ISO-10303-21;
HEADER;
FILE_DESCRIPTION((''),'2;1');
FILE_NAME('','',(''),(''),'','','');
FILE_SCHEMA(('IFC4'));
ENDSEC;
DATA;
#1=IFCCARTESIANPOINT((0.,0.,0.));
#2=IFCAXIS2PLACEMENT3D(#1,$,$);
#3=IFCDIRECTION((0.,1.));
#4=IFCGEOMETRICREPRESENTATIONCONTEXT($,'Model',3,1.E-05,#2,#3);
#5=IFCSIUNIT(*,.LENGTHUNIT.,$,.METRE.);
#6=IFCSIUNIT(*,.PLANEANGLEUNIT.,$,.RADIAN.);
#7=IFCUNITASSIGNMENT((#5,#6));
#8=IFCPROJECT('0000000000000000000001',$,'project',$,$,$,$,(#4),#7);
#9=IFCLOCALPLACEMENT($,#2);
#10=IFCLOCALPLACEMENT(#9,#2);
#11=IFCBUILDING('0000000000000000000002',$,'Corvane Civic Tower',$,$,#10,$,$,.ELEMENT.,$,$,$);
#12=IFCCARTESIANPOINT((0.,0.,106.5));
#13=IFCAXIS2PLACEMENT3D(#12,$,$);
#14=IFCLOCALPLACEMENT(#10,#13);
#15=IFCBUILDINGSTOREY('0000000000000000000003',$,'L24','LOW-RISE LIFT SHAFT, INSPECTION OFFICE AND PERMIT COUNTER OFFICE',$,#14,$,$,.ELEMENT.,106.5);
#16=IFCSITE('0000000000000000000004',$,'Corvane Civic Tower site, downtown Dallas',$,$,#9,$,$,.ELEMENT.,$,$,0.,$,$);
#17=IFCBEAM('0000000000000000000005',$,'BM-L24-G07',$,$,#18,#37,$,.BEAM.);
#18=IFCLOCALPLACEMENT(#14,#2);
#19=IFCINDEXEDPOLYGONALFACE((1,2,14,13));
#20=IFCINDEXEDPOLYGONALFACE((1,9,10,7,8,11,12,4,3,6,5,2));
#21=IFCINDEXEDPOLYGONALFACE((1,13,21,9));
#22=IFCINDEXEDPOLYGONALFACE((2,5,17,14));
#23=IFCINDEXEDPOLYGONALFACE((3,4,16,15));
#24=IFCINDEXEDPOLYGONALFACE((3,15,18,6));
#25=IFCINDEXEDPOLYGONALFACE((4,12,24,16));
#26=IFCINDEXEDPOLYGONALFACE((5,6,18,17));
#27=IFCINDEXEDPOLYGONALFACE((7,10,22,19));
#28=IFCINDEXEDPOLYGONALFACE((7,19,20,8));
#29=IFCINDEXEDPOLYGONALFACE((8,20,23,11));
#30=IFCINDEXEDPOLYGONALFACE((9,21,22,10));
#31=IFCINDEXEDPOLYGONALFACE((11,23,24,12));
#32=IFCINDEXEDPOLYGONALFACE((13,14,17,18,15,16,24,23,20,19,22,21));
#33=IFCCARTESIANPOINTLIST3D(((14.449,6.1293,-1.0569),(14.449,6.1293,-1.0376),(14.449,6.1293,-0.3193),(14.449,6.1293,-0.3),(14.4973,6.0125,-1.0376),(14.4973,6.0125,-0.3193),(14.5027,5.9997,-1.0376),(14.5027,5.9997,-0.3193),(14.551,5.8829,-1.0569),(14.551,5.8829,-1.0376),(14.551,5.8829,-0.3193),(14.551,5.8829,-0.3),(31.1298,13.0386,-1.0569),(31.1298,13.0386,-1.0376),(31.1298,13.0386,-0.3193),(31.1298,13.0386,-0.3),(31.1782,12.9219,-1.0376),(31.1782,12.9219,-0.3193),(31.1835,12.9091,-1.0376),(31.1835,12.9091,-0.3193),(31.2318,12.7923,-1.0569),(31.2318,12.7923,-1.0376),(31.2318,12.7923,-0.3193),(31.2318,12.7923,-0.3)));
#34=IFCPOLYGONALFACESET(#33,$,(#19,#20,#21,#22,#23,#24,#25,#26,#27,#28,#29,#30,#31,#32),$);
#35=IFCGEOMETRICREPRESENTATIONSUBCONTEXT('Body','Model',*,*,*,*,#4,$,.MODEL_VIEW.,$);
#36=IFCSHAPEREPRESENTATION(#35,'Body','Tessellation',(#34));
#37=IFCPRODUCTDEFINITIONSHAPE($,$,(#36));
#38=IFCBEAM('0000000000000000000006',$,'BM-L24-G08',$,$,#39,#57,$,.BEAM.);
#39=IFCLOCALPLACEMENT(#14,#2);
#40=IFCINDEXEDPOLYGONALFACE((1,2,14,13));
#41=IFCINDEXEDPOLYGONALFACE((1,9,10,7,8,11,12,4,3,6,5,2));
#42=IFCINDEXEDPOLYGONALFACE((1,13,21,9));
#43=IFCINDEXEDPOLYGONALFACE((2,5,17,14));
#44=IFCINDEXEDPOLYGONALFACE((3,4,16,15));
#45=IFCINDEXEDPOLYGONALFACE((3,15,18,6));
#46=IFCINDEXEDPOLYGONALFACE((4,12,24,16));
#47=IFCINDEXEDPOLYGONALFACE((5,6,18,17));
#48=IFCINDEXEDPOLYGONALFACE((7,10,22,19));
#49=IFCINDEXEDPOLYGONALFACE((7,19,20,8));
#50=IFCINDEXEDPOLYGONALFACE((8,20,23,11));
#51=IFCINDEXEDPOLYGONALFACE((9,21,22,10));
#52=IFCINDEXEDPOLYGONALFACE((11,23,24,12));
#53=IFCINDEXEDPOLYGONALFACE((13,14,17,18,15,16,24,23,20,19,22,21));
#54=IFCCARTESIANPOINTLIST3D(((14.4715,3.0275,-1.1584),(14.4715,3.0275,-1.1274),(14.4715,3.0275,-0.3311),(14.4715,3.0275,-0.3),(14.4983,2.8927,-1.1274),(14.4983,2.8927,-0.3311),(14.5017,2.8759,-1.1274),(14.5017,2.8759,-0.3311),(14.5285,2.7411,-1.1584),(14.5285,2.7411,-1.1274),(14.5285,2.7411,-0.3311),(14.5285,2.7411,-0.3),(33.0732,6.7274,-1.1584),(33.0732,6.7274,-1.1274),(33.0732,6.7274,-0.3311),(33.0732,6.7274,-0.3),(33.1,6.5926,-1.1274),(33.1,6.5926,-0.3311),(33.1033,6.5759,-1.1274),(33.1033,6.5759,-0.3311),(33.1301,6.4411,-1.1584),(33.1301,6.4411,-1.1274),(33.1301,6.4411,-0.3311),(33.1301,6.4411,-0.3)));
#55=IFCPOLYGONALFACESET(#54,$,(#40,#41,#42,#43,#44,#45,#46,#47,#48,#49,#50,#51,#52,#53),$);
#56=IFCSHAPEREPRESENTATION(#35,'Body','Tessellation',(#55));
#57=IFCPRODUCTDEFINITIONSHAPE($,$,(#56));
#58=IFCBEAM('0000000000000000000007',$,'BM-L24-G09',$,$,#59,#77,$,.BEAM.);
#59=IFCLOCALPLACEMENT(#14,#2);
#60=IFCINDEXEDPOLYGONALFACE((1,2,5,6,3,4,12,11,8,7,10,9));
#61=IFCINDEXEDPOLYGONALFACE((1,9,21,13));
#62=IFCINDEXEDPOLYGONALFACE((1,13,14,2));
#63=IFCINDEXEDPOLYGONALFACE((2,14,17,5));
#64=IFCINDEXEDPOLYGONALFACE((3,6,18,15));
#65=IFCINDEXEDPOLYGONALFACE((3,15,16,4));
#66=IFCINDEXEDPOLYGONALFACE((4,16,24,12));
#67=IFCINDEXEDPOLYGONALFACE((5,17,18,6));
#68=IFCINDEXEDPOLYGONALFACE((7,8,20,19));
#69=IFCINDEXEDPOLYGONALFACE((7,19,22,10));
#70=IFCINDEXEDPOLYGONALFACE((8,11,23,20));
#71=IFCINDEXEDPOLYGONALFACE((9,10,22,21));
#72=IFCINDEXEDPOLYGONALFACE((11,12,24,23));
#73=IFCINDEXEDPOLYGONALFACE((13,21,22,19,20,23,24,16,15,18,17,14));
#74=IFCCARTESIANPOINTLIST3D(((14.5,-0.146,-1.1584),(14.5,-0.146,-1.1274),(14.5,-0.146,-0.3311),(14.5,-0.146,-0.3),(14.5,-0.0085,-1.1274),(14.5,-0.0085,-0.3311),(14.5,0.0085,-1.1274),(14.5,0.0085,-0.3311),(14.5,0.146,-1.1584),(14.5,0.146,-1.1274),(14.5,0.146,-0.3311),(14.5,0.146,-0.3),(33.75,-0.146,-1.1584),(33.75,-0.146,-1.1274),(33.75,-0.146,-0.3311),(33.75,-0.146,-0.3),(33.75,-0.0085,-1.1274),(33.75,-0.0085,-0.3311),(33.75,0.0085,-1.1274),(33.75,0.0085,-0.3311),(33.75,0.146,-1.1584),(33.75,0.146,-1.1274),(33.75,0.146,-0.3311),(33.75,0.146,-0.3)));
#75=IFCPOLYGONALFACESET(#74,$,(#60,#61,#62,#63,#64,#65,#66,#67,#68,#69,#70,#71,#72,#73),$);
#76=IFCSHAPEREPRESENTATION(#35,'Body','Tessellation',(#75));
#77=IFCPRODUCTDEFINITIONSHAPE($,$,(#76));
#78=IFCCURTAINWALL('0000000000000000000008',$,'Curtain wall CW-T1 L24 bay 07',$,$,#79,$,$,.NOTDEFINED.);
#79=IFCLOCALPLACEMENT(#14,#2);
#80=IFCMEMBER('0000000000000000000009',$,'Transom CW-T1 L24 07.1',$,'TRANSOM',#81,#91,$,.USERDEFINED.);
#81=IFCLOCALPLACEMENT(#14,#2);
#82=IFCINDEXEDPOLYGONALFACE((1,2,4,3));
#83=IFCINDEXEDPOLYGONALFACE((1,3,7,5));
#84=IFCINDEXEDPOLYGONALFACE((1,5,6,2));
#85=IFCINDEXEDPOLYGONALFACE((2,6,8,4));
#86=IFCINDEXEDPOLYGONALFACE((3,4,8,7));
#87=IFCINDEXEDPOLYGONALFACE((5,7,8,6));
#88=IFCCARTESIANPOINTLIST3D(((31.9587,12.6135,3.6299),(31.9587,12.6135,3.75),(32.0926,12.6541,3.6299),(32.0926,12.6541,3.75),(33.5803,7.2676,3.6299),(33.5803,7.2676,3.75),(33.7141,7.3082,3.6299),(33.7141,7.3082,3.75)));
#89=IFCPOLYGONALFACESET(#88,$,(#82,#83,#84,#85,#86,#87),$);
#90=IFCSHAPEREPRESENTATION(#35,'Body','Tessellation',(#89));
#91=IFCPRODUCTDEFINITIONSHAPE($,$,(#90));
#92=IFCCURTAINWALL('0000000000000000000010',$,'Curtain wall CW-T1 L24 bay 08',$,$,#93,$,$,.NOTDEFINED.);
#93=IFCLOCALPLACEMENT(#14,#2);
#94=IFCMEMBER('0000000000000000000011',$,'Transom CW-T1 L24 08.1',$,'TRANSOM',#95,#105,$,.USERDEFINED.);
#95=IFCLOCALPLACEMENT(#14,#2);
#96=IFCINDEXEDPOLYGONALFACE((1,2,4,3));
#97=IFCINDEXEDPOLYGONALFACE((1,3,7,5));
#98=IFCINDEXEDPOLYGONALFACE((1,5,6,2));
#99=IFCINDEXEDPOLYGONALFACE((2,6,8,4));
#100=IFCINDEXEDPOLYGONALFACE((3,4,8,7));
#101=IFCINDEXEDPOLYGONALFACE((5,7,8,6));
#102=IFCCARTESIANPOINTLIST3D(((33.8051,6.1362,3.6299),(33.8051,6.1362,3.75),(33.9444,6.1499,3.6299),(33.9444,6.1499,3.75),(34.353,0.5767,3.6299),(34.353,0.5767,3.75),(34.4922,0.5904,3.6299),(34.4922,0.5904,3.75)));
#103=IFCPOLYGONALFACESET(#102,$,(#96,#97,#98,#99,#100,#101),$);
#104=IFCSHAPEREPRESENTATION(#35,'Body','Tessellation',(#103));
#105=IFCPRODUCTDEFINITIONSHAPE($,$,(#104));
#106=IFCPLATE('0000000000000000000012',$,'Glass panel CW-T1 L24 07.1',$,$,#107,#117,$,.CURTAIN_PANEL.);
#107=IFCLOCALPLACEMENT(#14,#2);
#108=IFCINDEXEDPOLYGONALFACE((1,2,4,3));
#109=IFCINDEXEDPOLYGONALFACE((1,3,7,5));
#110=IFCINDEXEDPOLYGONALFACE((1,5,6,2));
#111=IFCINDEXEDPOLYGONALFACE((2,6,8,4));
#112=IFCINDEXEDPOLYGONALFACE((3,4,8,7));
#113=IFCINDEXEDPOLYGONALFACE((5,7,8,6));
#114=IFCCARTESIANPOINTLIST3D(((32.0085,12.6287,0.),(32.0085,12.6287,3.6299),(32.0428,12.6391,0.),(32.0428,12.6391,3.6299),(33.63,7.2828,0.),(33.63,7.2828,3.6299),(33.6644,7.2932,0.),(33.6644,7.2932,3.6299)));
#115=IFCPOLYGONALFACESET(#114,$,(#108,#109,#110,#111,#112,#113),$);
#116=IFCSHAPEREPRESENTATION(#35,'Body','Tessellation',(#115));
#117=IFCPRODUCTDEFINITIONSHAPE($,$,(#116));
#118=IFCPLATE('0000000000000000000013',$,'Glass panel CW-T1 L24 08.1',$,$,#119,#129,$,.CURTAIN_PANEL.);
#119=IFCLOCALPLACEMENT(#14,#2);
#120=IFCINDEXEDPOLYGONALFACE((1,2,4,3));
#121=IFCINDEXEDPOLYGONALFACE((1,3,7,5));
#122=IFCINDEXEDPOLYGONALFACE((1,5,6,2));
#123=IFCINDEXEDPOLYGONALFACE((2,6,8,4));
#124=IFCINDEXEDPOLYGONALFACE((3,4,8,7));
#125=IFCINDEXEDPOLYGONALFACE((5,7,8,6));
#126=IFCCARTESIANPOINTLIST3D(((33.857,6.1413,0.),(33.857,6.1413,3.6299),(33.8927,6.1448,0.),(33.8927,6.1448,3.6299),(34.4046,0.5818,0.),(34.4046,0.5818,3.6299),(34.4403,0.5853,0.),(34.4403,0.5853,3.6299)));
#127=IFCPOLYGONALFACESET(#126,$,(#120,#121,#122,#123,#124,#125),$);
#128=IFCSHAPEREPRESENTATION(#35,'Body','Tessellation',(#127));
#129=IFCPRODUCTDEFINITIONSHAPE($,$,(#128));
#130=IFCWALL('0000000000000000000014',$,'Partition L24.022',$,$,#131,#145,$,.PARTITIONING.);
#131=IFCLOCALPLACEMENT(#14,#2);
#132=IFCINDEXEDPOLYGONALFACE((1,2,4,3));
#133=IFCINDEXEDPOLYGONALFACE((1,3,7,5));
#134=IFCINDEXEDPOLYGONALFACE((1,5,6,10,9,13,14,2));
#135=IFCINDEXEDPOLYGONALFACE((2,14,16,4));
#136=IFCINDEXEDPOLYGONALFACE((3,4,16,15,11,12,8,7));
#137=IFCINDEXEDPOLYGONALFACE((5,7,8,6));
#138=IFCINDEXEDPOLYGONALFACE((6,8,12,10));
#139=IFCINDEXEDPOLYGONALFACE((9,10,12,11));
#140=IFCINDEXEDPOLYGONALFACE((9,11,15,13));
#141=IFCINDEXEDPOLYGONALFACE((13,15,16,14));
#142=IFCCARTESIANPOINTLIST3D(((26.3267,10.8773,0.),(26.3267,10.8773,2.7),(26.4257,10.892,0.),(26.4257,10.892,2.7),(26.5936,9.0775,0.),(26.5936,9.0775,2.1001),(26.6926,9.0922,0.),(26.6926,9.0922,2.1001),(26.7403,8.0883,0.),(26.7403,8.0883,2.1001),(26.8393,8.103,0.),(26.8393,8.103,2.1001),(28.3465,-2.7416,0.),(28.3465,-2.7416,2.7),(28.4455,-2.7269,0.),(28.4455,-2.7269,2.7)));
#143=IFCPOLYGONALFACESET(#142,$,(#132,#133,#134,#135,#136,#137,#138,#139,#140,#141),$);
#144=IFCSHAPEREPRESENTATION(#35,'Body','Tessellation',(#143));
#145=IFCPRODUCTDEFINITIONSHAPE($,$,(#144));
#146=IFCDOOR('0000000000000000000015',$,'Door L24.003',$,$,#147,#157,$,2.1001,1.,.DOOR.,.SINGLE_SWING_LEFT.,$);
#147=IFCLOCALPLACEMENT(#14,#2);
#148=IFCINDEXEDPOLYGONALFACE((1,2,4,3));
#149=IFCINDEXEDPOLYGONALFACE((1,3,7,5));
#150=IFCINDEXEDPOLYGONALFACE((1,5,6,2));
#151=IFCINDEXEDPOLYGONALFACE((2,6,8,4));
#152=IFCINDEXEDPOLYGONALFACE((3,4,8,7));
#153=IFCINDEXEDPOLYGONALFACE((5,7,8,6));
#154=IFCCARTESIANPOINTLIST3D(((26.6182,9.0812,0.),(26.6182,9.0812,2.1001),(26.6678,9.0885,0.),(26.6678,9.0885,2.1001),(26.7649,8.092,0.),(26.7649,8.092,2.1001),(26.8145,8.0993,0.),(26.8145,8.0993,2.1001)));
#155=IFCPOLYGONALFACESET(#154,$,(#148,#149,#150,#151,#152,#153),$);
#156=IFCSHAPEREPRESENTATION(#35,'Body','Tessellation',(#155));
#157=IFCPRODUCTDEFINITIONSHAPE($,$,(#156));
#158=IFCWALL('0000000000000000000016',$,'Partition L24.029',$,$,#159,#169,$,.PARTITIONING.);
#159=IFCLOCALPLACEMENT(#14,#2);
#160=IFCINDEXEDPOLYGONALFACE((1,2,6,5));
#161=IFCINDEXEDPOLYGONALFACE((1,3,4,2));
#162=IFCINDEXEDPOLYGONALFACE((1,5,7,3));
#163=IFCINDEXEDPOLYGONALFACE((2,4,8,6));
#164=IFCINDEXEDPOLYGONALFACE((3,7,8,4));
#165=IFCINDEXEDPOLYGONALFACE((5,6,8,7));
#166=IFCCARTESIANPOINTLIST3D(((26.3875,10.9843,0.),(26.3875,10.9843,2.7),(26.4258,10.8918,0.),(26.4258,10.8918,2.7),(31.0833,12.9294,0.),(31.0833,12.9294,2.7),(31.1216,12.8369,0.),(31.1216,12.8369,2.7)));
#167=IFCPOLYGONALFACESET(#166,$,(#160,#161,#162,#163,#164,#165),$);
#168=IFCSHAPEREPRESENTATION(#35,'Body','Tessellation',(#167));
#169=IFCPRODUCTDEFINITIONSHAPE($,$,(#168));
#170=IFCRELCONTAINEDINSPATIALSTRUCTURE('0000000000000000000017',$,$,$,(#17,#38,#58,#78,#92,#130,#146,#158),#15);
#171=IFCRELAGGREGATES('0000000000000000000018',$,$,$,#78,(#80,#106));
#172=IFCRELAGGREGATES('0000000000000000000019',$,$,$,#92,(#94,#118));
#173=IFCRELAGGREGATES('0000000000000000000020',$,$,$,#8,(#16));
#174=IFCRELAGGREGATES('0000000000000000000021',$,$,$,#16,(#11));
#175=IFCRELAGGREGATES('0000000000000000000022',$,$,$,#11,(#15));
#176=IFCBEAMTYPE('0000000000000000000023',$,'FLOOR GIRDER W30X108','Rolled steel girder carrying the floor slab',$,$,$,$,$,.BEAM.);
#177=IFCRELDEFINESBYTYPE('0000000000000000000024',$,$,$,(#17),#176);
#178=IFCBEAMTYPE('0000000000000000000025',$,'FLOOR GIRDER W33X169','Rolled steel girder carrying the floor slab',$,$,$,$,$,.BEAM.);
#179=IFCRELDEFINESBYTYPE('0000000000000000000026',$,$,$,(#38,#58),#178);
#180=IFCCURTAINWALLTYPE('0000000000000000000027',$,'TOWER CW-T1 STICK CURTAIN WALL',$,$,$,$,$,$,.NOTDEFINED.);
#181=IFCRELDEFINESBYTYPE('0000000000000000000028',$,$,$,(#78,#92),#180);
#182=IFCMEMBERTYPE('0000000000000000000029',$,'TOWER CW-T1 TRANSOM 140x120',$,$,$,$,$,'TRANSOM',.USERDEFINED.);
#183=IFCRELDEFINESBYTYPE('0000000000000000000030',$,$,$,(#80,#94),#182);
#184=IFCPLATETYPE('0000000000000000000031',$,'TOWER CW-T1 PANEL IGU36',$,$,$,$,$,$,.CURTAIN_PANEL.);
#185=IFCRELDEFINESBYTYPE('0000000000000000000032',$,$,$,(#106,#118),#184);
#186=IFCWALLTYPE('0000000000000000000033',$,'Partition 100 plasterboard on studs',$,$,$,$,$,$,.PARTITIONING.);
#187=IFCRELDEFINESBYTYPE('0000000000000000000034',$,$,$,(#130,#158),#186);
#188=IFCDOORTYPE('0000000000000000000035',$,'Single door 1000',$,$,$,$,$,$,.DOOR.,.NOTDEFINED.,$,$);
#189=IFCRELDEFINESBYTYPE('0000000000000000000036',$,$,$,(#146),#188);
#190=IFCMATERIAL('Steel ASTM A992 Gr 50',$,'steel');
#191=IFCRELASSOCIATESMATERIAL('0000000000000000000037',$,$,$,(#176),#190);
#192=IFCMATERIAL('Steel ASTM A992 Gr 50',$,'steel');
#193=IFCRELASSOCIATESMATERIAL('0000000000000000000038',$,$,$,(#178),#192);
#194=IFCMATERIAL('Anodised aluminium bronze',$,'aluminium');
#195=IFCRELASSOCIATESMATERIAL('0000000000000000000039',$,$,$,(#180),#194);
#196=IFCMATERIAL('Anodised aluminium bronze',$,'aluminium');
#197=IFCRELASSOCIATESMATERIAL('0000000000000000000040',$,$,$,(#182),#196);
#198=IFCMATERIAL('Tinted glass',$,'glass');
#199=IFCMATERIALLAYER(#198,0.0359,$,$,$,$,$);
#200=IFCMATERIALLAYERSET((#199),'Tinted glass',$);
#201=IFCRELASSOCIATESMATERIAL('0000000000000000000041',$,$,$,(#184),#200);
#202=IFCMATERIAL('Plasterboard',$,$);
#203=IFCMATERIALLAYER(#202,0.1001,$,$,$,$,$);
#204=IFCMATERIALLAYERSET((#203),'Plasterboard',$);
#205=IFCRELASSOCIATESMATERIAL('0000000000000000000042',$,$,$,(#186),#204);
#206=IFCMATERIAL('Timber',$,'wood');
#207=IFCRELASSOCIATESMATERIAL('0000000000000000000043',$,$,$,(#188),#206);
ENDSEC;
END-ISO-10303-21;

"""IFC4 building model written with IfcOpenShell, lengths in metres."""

from ifc_helpers import new_model, si_unit, direction, frame, frame_2d, origin, origin_2d, place, context, subcontext, project, spatial, rectangle, i_section, extrude, material, layer, layer_set, material_profile, profile_set, type_object, element, fill, aggregate, save


model = new_model("IFC4")

# Units and contexts
model_context = context("Model", 3, precision=1e-05, world=origin(), true_north=direction((0.0, 1.0)))
body_context = subcontext(model_context, "Body", "Model", "MODEL_VIEW")
ifc_project = project(units=[si_unit("LENGTHUNIT", "METRE"), si_unit("PLANEANGLEUNIT", "RADIAN")], contexts=[model_context])

# Site, building, storey
site_placement = place(None, origin())
site = spatial("IfcSite", under=ifc_project, at=site_placement, Name="Corvane Civic Tower site, downtown Dallas", CompositionType="ELEMENT", RefElevation=0.0)
building_placement = place(site_placement, origin())
building = spatial("IfcBuilding", under=site, at=building_placement, Name="Corvane Civic Tower", CompositionType="ELEMENT")
storey_placement = place(building_placement, frame((0.0, 0.0, 106.5)))
storey = spatial("IfcBuildingStorey", under=building, at=storey_placement, Name="L24", Description="LOW-RISE LIFT SHAFT, INSPECTION OFFICE AND PERMIT COUNTER OFFICE", CompositionType="ELEMENT", Elevation=106.5)

# Beams
ifc_material_1 = material(Name="Steel ASTM A992 Gr 50", Category="steel")
ifc_material_profile_1 = material_profile(ifc_material_1, i_section(OverallWidth=0.2666, OverallDepth=0.7568, WebThickness=0.0139, FlangeThickness=0.0193, at=origin_2d()), Name="W30X108")
ifc_profile_set_1 = profile_set([ifc_material_profile_1], Name="Steel ASTM A992 Gr 50")
beam_type_1 = type_object("IfcBeamType", Name="FLOOR GIRDER W30X108", Description="Rolled steel girder carrying the floor slab", PredefinedType="BEAM", material=ifc_profile_set_1)
beam_1_placement = place(storey_placement, frame((14.5, 6.0061, -0.6785), z_axis=(0.92388, 0.382682, 0.0), x_axis=(-0.382682, 0.92388, 0.0)))
element("IfcBeam", 1, at=beam_1_placement, inside=storey, type_object=beam_type_1, Name="BM-L24-G07", PredefinedType="BEAM", context=body_context, shape_type="SweptSolid", body=[
    extrude(i_section(OverallWidth=0.2666, OverallDepth=0.7568, WebThickness=0.0139, FlangeThickness=0.0193, at=origin_2d()), origin(), (0.0, 0.0, 1.0), 18.0552),
])
ifc_material_2 = material(Name="Steel ASTM A992 Gr 50", Category="steel")
ifc_material_profile_2 = material_profile(ifc_material_2, i_section(OverallWidth=0.292, OverallDepth=0.8584, WebThickness=0.0171, FlangeThickness=0.031, at=origin_2d()), Name="W33X169")
ifc_profile_set_2 = profile_set([ifc_material_profile_2], Name="Steel ASTM A992 Gr 50")
beam_type_2 = type_object("IfcBeamType", Name="FLOOR GIRDER W33X169", Description="Rolled steel girder carrying the floor slab", PredefinedType="BEAM", material=ifc_profile_set_2)
beam_2_placement = place(storey_placement, frame((14.5, 2.8843, -0.7292), z_axis=(0.980787, 0.195084, 0.0), x_axis=(-0.195084, 0.980787, 0.0)))
element("IfcBeam", 2, at=beam_2_placement, inside=storey, type_object=beam_type_2, Name="BM-L24-G08", PredefinedType="BEAM", context=body_context, shape_type="SweptSolid", body=[
    extrude(i_section(OverallWidth=0.292, OverallDepth=0.8584, WebThickness=0.0171, FlangeThickness=0.031, at=origin_2d()), origin(), (0.0, 0.0, 1.0), 18.9661),
])
beam_3_placement = place(storey_placement, frame((14.5, 0.0, -0.7292), z_axis=(1.0, 0.0, 0.0), x_axis=(0.0, 1.0, 0.0)))
element("IfcBeam", 3, at=beam_3_placement, inside=storey, type_object=beam_type_2, Name="BM-L24-G09", PredefinedType="BEAM", context=body_context, shape_type="SweptSolid", body=[
    extrude(i_section(OverallWidth=0.292, OverallDepth=0.8584, WebThickness=0.0171, FlangeThickness=0.031, at=origin_2d()), origin(), (0.0, 0.0, 1.0), 19.25),
])

# Curtain walls, members
ifc_material_3 = material(Name="Anodised aluminium bronze", Category="aluminium")
curtain_wall_type = type_object("IfcCurtainWallType", Name="TOWER CW-T1 STICK CURTAIN WALL", PredefinedType="NOTDEFINED", material=ifc_material_3)
curtain_wall_1_placement = place(storey_placement, origin())
curtain_wall_1 = element("IfcCurtainWall", 4, at=curtain_wall_1_placement, inside=storey, type_object=curtain_wall_type, Name="Curtain wall CW-T1 L24 bay 07", PredefinedType="NOTDEFINED")
ifc_material_4 = material(Name="Anodised aluminium bronze", Category="aluminium")
ifc_material_profile_3 = material_profile(ifc_material_4, rectangle(XDim=0.1399, YDim=0.1201, at=origin_2d()), Name="TOWER CW-T1 TRANSOM 140x120")
ifc_profile_set_3 = profile_set([ifc_material_profile_3], Name="Anodised aluminium bronze")
member_type = type_object("IfcMemberType", Name="TOWER CW-T1 TRANSOM 140x120", ElementType="TRANSOM", PredefinedType="USERDEFINED", material=ifc_profile_set_3)
member_1_placement = place(storey_placement, frame((32.0256, 12.6338, 3.6899), z_axis=(0.290269, -0.956945, 0.0), x_axis=(0.956945, 0.290269, 0.0)))
member_1 = element("IfcMember", 5, at=member_1_placement, type_object=member_type, Name="Transom CW-T1 L24 07.1", ObjectType="TRANSOM", PredefinedType="USERDEFINED", context=body_context, shape_type="SweptSolid", body=[
    extrude(rectangle(XDim=0.1399, YDim=0.1201, at=origin_2d()), origin(), (0.0, 0.0, 1.0), 5.5864),
])
curtain_wall_2_placement = place(storey_placement, origin())
curtain_wall_2 = element("IfcCurtainWall", 6, at=curtain_wall_2_placement, inside=storey, type_object=curtain_wall_type, Name="Curtain wall CW-T1 L24 bay 08", PredefinedType="NOTDEFINED")
member_2_placement = place(storey_placement, frame((33.8748, 6.1431, 3.6899), z_axis=(0.098067, -0.99518, 0.0), x_axis=(0.99518, 0.098067, 0.0)))
member_2 = element("IfcMember", 7, at=member_2_placement, type_object=member_type, Name="Transom CW-T1 L24 08.1", ObjectType="TRANSOM", PredefinedType="USERDEFINED", context=body_context, shape_type="SweptSolid", body=[
    extrude(rectangle(XDim=0.1399, YDim=0.1201, at=origin_2d()), origin(), (0.0, 0.0, 1.0), 5.5864),
])

# Plates
ifc_material_5 = material(Name="Tinted glass", Category="glass")
ifc_layer_1 = layer(ifc_material_5, 0.0359)
ifc_layer_set_1 = layer_set([ifc_layer_1], Name="Tinted glass")
plate_type = type_object("IfcPlateType", Name="TOWER CW-T1 PANEL IGU36", PredefinedType="CURTAIN_PANEL", material=ifc_layer_set_1)
plate_1_placement = place(storey_placement, frame((32.8364, 9.9609, 0.0), z_axis=(0.0, 0.0, 1.0), x_axis=(0.290266, -0.956946, 0.0)))
plate_1 = element("IfcPlate", 8, at=plate_1_placement, type_object=plate_type, Name="Glass panel CW-T1 L24 07.1", PredefinedType="CURTAIN_PANEL", context=body_context, shape_type="SweptSolid", body=[
    extrude(rectangle(XDim=5.5864, YDim=0.0359, at=origin_2d()), origin(), (0.0, 0.0, 1.0), 3.6299),
])
aggregate(curtain_wall_1, [member_1, plate_1])
plate_2_placement = place(storey_placement, frame((34.1487, 3.3633, 0.0), z_axis=(0.0, 0.0, 1.0), x_axis=(0.098027, -0.995184, 0.0)))
plate_2 = element("IfcPlate", 9, at=plate_2_placement, type_object=plate_type, Name="Glass panel CW-T1 L24 08.1", PredefinedType="CURTAIN_PANEL", context=body_context, shape_type="SweptSolid", body=[
    extrude(rectangle(XDim=5.5864, YDim=0.0359, at=origin_2d()), origin(), (0.0, 0.0, 1.0), 3.6299),
])
aggregate(curtain_wall_2, [member_2, plate_2])

# Wall, opening, door
ifc_material_6 = material(Name="Plasterboard")
ifc_layer_2 = layer(ifc_material_6, 0.1001)
ifc_layer_set_2 = layer_set([ifc_layer_2], Name="Plasterboard")
wall_type = type_object("IfcWallType", Name="Partition 100 plasterboard on studs", PredefinedType="PARTITIONING", material=ifc_layer_set_2)
wall_1_placement = place(storey_placement, frame((26.3762, 10.8845, 0.0), z_axis=(0.0, 0.0, 1.0), x_axis=(0.146702, -0.989181, 0.0)))
wall_1 = element("IfcWall", 10, at=wall_1_placement, inside=storey, type_object=wall_type, Name="Partition L24.022", PredefinedType="PARTITIONING", context=body_context, shape_type="SweptSolid", body=[
    extrude(rectangle(XDim=13.7678, YDim=0.1001, at=frame_2d((6.8838, 0.0))), origin(), (0.0, 0.0, 1.0), 2.7),
])
opening_placement = place(wall_1_placement, frame((1.8193, 0.0, 0.0)))
opening = element("IfcOpeningElement", 11, at=opening_placement, cuts=wall_1, PredefinedType="OPENING", context=body_context, shape_type="SweptSolid", body=[
    extrude(rectangle(XDim=1.0, YDim=2.1001, at=frame_2d((0.5, 1.05))), frame((0.0, 0.0601, 0.0), z_axis=(0.0, -1.0, 0.0), x_axis=(1.0, 0.0, 0.0)), (0.0, 0.0, 1.0), 0.1201),
])
ifc_material_7 = material(Name="Timber", Category="wood")
door_type = type_object("IfcDoorType", Name="Single door 1000", OperationType="NOTDEFINED", PredefinedType="DOOR", material=ifc_material_7)
door_placement = place(opening_placement, origin())
door = element("IfcDoor", 12, at=door_placement, inside=storey, type_object=door_type, Name="Door L24.003", OperationType="SINGLE_SWING_LEFT", OverallHeight=2.1001, OverallWidth=1.0, PredefinedType="DOOR", context=body_context, shape_type="SweptSolid", body=[
    extrude(rectangle(XDim=1.0, YDim=2.1001, at=frame_2d((0.5, 1.05))), frame((0.0, 0.0249, 0.0), z_axis=(0.0, -1.0, 0.0), x_axis=(1.0, 0.0, 0.0)), (0.0, 0.0, 1.0), 0.05),
])
fill(opening, door)

# Wall
wall_2_placement = place(storey_placement, frame((26.4065, 10.938, 0.0), z_axis=(0.0, 0.0, 1.0), x_axis=(0.923879, 0.382684, 0.0)))
element("IfcWall", 13, at=wall_2_placement, inside=storey, type_object=wall_type, Name="Partition L24.029", PredefinedType="PARTITIONING", context=body_context, shape_type="SweptSolid", body=[
    extrude(rectangle(XDim=5.0828, YDim=0.1001, at=frame_2d((2.5415, 0.0))), origin(), (0.0, 0.0, 1.0), 2.7),
])

save(model, "model.ifc")
